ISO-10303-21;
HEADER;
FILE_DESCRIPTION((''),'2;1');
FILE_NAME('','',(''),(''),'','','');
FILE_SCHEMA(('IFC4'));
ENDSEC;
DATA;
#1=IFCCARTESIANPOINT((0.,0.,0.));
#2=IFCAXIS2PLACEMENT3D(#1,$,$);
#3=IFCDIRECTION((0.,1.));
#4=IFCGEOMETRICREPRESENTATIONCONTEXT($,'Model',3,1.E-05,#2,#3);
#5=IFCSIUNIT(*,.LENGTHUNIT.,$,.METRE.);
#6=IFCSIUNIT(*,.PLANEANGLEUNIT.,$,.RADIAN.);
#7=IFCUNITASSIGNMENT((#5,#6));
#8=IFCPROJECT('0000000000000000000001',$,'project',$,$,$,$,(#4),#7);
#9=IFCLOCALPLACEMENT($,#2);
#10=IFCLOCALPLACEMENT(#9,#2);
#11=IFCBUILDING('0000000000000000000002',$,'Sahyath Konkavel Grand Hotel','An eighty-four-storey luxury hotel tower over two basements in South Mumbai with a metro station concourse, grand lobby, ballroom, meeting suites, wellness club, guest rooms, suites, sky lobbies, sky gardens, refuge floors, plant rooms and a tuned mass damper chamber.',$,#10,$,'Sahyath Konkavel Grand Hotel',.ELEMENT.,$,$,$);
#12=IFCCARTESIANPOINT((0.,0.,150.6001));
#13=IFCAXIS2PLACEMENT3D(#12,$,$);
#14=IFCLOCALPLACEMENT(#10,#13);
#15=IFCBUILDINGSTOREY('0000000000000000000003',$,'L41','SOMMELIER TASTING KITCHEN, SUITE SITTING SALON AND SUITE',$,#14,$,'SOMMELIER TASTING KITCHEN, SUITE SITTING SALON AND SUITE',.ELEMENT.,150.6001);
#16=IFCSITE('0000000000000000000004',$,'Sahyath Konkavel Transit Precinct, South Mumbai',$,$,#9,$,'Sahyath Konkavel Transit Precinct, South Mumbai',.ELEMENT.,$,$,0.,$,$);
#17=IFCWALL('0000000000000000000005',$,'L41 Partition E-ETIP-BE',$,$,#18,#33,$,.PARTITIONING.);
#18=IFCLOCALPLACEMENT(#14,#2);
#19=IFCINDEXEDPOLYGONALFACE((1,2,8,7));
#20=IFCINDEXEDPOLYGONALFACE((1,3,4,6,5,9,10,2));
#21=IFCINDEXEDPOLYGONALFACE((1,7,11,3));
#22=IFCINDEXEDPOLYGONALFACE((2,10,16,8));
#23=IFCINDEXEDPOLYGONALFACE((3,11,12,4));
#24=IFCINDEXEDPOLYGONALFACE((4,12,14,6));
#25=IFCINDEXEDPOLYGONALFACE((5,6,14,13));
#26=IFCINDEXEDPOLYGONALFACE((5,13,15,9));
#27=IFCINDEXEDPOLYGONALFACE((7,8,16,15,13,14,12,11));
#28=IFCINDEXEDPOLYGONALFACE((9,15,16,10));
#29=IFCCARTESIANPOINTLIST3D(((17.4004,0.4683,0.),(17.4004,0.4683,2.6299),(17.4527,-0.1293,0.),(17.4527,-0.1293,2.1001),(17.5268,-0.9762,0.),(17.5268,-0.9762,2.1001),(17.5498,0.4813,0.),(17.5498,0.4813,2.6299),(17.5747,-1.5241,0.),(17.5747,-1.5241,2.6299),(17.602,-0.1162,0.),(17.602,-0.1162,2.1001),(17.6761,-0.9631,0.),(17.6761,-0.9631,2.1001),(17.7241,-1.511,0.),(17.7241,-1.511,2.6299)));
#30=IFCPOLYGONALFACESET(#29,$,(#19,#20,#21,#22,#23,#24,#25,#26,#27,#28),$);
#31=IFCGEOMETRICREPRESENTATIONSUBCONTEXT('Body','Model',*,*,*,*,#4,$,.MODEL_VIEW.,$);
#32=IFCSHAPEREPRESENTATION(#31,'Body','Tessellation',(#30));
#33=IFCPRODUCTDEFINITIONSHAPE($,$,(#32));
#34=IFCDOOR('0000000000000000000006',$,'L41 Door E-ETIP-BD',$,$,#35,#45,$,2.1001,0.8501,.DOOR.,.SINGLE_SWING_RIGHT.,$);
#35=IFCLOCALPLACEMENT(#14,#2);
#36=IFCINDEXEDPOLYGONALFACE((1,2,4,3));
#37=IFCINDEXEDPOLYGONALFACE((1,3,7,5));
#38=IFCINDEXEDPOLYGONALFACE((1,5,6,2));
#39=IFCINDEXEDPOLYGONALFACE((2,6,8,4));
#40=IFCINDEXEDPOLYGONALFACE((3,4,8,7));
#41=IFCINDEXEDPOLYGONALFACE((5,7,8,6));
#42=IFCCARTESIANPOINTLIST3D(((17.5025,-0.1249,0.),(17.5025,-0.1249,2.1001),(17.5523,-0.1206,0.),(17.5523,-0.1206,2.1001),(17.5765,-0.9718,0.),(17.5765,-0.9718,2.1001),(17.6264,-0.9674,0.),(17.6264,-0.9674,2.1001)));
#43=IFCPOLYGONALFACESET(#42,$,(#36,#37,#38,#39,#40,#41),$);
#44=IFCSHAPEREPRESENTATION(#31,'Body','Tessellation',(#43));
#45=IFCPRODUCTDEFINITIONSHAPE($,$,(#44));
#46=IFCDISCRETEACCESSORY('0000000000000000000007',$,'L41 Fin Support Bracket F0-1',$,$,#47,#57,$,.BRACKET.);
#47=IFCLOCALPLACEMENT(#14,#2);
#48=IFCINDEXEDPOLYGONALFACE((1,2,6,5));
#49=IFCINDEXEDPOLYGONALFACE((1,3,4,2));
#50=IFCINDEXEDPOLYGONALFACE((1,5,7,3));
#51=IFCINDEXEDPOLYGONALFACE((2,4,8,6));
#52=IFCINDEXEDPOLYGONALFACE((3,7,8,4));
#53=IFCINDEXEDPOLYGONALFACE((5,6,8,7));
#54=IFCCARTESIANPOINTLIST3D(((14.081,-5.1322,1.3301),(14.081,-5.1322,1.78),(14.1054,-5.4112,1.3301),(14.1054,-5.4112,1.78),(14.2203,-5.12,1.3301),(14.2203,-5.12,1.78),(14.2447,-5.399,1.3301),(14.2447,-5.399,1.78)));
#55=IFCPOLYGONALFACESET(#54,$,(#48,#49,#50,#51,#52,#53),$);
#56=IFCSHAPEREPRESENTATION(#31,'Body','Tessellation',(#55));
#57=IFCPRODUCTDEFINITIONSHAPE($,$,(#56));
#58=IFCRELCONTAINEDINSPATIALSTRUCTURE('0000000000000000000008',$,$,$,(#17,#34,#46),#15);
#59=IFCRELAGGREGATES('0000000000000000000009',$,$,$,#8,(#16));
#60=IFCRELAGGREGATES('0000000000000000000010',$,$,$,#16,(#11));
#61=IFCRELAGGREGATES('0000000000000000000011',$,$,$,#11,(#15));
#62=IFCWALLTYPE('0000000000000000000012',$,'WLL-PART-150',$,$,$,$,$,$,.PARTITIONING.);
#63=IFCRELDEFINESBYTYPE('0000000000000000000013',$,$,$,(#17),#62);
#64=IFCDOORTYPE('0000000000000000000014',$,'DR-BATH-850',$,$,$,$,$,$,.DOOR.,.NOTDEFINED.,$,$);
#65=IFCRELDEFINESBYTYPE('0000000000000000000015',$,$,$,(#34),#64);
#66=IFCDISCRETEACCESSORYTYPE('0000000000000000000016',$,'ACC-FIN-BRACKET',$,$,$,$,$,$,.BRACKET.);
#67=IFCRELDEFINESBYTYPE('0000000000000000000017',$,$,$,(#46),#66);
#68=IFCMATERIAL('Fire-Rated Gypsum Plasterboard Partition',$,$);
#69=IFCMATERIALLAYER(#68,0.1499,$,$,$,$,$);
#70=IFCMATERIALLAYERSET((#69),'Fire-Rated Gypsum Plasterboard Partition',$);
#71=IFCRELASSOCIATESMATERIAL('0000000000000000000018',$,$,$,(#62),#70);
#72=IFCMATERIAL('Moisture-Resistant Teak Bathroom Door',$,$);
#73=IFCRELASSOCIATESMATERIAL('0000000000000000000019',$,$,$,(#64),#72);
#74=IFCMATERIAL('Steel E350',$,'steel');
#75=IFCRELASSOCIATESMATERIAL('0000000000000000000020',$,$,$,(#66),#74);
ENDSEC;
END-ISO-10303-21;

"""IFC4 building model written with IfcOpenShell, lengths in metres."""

from ifc_helpers import new_model, si_unit, direction, frame, frame_2d, origin, origin_2d, place, context, subcontext, project, spatial, rectangle, extrude, source, transform, mapped, material, layer, layer_set, type_object, element, fill, save


model = new_model("IFC4")

# Units and contexts
model_context = context("Model", 3, precision=1e-05, world=origin(), true_north=direction((0.0, 1.0)))
body_context = subcontext(model_context, "Body", "Model", "MODEL_VIEW")
ifc_project = project(units=[si_unit("LENGTHUNIT", "METRE"), si_unit("PLANEANGLEUNIT", "RADIAN")], contexts=[model_context])

# Site, building, storey
site_placement = place(None, origin())
site = spatial("IfcSite", under=ifc_project, at=site_placement, Name="Sahyath Konkavel Transit Precinct, South Mumbai", LongName="Sahyath Konkavel Transit Precinct, South Mumbai", CompositionType="ELEMENT", RefElevation=0.0)
building_placement = place(site_placement, origin())
building = spatial("IfcBuilding", under=site, at=building_placement, Name="Sahyath Konkavel Grand Hotel", Description="An eighty-four-storey luxury hotel tower over two basements in South Mumbai with a metro station concourse, grand lobby, ballroom, meeting suites, wellness club, guest rooms, suites, sky lobbies, sky gardens, refuge floors, plant rooms and a tuned mass damper chamber.", LongName="Sahyath Konkavel Grand Hotel", CompositionType="ELEMENT")
storey_placement = place(building_placement, frame((0.0, 0.0, 150.6001)))
storey = spatial("IfcBuildingStorey", under=building, at=storey_placement, Name="L41", Description="SOMMELIER TASTING KITCHEN, SUITE SITTING SALON AND SUITE", LongName="SOMMELIER TASTING KITCHEN, SUITE SITTING SALON AND SUITE", CompositionType="ELEMENT", Elevation=150.6001)

# Shared definitions
ifc_material_1 = material(Name="Steel E350", Category="steel")

# Shared definitions
shared_shape_1 = source(origin(), body_context, "Body", "SweptSolid", [
    extrude(rectangle(XDim=0.8501, YDim=0.05, at=origin_2d()), origin(), (0.0, 0.0, 1.0), 2.1001),
])

# Shared definitions
ifc_material_2 = material(Name="Fire-Rated Gypsum Plasterboard Partition")
ifc_layer_1 = layer(ifc_material_2, 0.1499)
ifc_layer_set_1 = layer_set([ifc_layer_1], Name="Fire-Rated Gypsum Plasterboard Partition")
wall_type_1 = type_object("IfcWallType", Name="WLL-PART-150", PredefinedType="PARTITIONING", material=ifc_layer_set_1)

# Wall, opening, door
wall_1_placement = place(storey_placement, frame((17.6494, -1.5176, 0.0), z_axis=(0.0, 0.0, 1.0), x_axis=(-0.087156, 0.996195, 0.0)))
wall_1 = element("IfcWall", 1, at=wall_1_placement, inside=storey, type_object=wall_type_1, Name="L41 Partition E-ETIP-BE", PredefinedType="PARTITIONING", context=body_context, shape_type="SweptSolid", body=[
    extrude(rectangle(XDim=2.0, YDim=0.1499, at=frame_2d((1.0, 0.0))), origin(), (0.0, 0.0, 1.0), 2.6299),
])
opening_1_placement = place(wall_1_placement, frame((0.55, 0.0, 0.0)))
opening_1 = element("IfcOpeningElement", 2, at=opening_1_placement, cuts=wall_1, PredefinedType="OPENING", context=body_context, shape_type="SweptSolid", body=[
    extrude(rectangle(XDim=0.8501, YDim=2.1001, at=frame_2d((0.425, 1.05))), frame((0.0, 0.085, 0.0), z_axis=(0.0, -1.0, 0.0), x_axis=(1.0, 0.0, 0.0)), (0.0, 0.0, 1.0), 0.1699),
])
ifc_material_3 = material(Name="Moisture-Resistant Teak Bathroom Door")
door_type_1 = type_object("IfcDoorType", Name="DR-BATH-850", OperationType="NOTDEFINED", PredefinedType="DOOR", material=ifc_material_3)
door_1_placement = place(opening_1_placement, frame((0.425, 0.0, 0.0)))
door_1 = element("IfcDoor", 3, at=door_1_placement, inside=storey, type_object=door_type_1, Name="L41 Door E-ETIP-BD", OperationType="SINGLE_SWING_RIGHT", OverallHeight=2.1001, OverallWidth=0.8501, PredefinedType="DOOR", context=body_context, shape_type="MappedRepresentation", body=[
    mapped(shared_shape_1, transform((0.0, 0.0, 0.0), scale=1.0)),
])
fill(opening_1, door_1)

# Discrete accessory
discrete_accessory_type = type_object("IfcDiscreteAccessoryType", Name="ACC-FIN-BRACKET", PredefinedType="BRACKET", material=ifc_material_1)
shared_shape_2 = source(origin(), body_context, "Body", "SweptSolid", [
    extrude(rectangle(XDim=0.28, YDim=0.1399, at=origin_2d()), origin(), (0.0, 0.0, 1.0), 0.45),
])
discrete_accessory_placement = place(storey_placement, frame((14.1628, -5.2656, 1.3301), z_axis=(0.0, 0.0, 1.0), x_axis=(0.087156, -0.996195, 0.0)))
element("IfcDiscreteAccessory", 4, at=discrete_accessory_placement, inside=storey, type_object=discrete_accessory_type, Name="L41 Fin Support Bracket F0-1", PredefinedType="BRACKET", context=body_context, shape_type="MappedRepresentation", body=[
    mapped(shared_shape_2, transform((0.0, 0.0, 0.0), scale=1.0)),
])

save(model, "model.ifc")
